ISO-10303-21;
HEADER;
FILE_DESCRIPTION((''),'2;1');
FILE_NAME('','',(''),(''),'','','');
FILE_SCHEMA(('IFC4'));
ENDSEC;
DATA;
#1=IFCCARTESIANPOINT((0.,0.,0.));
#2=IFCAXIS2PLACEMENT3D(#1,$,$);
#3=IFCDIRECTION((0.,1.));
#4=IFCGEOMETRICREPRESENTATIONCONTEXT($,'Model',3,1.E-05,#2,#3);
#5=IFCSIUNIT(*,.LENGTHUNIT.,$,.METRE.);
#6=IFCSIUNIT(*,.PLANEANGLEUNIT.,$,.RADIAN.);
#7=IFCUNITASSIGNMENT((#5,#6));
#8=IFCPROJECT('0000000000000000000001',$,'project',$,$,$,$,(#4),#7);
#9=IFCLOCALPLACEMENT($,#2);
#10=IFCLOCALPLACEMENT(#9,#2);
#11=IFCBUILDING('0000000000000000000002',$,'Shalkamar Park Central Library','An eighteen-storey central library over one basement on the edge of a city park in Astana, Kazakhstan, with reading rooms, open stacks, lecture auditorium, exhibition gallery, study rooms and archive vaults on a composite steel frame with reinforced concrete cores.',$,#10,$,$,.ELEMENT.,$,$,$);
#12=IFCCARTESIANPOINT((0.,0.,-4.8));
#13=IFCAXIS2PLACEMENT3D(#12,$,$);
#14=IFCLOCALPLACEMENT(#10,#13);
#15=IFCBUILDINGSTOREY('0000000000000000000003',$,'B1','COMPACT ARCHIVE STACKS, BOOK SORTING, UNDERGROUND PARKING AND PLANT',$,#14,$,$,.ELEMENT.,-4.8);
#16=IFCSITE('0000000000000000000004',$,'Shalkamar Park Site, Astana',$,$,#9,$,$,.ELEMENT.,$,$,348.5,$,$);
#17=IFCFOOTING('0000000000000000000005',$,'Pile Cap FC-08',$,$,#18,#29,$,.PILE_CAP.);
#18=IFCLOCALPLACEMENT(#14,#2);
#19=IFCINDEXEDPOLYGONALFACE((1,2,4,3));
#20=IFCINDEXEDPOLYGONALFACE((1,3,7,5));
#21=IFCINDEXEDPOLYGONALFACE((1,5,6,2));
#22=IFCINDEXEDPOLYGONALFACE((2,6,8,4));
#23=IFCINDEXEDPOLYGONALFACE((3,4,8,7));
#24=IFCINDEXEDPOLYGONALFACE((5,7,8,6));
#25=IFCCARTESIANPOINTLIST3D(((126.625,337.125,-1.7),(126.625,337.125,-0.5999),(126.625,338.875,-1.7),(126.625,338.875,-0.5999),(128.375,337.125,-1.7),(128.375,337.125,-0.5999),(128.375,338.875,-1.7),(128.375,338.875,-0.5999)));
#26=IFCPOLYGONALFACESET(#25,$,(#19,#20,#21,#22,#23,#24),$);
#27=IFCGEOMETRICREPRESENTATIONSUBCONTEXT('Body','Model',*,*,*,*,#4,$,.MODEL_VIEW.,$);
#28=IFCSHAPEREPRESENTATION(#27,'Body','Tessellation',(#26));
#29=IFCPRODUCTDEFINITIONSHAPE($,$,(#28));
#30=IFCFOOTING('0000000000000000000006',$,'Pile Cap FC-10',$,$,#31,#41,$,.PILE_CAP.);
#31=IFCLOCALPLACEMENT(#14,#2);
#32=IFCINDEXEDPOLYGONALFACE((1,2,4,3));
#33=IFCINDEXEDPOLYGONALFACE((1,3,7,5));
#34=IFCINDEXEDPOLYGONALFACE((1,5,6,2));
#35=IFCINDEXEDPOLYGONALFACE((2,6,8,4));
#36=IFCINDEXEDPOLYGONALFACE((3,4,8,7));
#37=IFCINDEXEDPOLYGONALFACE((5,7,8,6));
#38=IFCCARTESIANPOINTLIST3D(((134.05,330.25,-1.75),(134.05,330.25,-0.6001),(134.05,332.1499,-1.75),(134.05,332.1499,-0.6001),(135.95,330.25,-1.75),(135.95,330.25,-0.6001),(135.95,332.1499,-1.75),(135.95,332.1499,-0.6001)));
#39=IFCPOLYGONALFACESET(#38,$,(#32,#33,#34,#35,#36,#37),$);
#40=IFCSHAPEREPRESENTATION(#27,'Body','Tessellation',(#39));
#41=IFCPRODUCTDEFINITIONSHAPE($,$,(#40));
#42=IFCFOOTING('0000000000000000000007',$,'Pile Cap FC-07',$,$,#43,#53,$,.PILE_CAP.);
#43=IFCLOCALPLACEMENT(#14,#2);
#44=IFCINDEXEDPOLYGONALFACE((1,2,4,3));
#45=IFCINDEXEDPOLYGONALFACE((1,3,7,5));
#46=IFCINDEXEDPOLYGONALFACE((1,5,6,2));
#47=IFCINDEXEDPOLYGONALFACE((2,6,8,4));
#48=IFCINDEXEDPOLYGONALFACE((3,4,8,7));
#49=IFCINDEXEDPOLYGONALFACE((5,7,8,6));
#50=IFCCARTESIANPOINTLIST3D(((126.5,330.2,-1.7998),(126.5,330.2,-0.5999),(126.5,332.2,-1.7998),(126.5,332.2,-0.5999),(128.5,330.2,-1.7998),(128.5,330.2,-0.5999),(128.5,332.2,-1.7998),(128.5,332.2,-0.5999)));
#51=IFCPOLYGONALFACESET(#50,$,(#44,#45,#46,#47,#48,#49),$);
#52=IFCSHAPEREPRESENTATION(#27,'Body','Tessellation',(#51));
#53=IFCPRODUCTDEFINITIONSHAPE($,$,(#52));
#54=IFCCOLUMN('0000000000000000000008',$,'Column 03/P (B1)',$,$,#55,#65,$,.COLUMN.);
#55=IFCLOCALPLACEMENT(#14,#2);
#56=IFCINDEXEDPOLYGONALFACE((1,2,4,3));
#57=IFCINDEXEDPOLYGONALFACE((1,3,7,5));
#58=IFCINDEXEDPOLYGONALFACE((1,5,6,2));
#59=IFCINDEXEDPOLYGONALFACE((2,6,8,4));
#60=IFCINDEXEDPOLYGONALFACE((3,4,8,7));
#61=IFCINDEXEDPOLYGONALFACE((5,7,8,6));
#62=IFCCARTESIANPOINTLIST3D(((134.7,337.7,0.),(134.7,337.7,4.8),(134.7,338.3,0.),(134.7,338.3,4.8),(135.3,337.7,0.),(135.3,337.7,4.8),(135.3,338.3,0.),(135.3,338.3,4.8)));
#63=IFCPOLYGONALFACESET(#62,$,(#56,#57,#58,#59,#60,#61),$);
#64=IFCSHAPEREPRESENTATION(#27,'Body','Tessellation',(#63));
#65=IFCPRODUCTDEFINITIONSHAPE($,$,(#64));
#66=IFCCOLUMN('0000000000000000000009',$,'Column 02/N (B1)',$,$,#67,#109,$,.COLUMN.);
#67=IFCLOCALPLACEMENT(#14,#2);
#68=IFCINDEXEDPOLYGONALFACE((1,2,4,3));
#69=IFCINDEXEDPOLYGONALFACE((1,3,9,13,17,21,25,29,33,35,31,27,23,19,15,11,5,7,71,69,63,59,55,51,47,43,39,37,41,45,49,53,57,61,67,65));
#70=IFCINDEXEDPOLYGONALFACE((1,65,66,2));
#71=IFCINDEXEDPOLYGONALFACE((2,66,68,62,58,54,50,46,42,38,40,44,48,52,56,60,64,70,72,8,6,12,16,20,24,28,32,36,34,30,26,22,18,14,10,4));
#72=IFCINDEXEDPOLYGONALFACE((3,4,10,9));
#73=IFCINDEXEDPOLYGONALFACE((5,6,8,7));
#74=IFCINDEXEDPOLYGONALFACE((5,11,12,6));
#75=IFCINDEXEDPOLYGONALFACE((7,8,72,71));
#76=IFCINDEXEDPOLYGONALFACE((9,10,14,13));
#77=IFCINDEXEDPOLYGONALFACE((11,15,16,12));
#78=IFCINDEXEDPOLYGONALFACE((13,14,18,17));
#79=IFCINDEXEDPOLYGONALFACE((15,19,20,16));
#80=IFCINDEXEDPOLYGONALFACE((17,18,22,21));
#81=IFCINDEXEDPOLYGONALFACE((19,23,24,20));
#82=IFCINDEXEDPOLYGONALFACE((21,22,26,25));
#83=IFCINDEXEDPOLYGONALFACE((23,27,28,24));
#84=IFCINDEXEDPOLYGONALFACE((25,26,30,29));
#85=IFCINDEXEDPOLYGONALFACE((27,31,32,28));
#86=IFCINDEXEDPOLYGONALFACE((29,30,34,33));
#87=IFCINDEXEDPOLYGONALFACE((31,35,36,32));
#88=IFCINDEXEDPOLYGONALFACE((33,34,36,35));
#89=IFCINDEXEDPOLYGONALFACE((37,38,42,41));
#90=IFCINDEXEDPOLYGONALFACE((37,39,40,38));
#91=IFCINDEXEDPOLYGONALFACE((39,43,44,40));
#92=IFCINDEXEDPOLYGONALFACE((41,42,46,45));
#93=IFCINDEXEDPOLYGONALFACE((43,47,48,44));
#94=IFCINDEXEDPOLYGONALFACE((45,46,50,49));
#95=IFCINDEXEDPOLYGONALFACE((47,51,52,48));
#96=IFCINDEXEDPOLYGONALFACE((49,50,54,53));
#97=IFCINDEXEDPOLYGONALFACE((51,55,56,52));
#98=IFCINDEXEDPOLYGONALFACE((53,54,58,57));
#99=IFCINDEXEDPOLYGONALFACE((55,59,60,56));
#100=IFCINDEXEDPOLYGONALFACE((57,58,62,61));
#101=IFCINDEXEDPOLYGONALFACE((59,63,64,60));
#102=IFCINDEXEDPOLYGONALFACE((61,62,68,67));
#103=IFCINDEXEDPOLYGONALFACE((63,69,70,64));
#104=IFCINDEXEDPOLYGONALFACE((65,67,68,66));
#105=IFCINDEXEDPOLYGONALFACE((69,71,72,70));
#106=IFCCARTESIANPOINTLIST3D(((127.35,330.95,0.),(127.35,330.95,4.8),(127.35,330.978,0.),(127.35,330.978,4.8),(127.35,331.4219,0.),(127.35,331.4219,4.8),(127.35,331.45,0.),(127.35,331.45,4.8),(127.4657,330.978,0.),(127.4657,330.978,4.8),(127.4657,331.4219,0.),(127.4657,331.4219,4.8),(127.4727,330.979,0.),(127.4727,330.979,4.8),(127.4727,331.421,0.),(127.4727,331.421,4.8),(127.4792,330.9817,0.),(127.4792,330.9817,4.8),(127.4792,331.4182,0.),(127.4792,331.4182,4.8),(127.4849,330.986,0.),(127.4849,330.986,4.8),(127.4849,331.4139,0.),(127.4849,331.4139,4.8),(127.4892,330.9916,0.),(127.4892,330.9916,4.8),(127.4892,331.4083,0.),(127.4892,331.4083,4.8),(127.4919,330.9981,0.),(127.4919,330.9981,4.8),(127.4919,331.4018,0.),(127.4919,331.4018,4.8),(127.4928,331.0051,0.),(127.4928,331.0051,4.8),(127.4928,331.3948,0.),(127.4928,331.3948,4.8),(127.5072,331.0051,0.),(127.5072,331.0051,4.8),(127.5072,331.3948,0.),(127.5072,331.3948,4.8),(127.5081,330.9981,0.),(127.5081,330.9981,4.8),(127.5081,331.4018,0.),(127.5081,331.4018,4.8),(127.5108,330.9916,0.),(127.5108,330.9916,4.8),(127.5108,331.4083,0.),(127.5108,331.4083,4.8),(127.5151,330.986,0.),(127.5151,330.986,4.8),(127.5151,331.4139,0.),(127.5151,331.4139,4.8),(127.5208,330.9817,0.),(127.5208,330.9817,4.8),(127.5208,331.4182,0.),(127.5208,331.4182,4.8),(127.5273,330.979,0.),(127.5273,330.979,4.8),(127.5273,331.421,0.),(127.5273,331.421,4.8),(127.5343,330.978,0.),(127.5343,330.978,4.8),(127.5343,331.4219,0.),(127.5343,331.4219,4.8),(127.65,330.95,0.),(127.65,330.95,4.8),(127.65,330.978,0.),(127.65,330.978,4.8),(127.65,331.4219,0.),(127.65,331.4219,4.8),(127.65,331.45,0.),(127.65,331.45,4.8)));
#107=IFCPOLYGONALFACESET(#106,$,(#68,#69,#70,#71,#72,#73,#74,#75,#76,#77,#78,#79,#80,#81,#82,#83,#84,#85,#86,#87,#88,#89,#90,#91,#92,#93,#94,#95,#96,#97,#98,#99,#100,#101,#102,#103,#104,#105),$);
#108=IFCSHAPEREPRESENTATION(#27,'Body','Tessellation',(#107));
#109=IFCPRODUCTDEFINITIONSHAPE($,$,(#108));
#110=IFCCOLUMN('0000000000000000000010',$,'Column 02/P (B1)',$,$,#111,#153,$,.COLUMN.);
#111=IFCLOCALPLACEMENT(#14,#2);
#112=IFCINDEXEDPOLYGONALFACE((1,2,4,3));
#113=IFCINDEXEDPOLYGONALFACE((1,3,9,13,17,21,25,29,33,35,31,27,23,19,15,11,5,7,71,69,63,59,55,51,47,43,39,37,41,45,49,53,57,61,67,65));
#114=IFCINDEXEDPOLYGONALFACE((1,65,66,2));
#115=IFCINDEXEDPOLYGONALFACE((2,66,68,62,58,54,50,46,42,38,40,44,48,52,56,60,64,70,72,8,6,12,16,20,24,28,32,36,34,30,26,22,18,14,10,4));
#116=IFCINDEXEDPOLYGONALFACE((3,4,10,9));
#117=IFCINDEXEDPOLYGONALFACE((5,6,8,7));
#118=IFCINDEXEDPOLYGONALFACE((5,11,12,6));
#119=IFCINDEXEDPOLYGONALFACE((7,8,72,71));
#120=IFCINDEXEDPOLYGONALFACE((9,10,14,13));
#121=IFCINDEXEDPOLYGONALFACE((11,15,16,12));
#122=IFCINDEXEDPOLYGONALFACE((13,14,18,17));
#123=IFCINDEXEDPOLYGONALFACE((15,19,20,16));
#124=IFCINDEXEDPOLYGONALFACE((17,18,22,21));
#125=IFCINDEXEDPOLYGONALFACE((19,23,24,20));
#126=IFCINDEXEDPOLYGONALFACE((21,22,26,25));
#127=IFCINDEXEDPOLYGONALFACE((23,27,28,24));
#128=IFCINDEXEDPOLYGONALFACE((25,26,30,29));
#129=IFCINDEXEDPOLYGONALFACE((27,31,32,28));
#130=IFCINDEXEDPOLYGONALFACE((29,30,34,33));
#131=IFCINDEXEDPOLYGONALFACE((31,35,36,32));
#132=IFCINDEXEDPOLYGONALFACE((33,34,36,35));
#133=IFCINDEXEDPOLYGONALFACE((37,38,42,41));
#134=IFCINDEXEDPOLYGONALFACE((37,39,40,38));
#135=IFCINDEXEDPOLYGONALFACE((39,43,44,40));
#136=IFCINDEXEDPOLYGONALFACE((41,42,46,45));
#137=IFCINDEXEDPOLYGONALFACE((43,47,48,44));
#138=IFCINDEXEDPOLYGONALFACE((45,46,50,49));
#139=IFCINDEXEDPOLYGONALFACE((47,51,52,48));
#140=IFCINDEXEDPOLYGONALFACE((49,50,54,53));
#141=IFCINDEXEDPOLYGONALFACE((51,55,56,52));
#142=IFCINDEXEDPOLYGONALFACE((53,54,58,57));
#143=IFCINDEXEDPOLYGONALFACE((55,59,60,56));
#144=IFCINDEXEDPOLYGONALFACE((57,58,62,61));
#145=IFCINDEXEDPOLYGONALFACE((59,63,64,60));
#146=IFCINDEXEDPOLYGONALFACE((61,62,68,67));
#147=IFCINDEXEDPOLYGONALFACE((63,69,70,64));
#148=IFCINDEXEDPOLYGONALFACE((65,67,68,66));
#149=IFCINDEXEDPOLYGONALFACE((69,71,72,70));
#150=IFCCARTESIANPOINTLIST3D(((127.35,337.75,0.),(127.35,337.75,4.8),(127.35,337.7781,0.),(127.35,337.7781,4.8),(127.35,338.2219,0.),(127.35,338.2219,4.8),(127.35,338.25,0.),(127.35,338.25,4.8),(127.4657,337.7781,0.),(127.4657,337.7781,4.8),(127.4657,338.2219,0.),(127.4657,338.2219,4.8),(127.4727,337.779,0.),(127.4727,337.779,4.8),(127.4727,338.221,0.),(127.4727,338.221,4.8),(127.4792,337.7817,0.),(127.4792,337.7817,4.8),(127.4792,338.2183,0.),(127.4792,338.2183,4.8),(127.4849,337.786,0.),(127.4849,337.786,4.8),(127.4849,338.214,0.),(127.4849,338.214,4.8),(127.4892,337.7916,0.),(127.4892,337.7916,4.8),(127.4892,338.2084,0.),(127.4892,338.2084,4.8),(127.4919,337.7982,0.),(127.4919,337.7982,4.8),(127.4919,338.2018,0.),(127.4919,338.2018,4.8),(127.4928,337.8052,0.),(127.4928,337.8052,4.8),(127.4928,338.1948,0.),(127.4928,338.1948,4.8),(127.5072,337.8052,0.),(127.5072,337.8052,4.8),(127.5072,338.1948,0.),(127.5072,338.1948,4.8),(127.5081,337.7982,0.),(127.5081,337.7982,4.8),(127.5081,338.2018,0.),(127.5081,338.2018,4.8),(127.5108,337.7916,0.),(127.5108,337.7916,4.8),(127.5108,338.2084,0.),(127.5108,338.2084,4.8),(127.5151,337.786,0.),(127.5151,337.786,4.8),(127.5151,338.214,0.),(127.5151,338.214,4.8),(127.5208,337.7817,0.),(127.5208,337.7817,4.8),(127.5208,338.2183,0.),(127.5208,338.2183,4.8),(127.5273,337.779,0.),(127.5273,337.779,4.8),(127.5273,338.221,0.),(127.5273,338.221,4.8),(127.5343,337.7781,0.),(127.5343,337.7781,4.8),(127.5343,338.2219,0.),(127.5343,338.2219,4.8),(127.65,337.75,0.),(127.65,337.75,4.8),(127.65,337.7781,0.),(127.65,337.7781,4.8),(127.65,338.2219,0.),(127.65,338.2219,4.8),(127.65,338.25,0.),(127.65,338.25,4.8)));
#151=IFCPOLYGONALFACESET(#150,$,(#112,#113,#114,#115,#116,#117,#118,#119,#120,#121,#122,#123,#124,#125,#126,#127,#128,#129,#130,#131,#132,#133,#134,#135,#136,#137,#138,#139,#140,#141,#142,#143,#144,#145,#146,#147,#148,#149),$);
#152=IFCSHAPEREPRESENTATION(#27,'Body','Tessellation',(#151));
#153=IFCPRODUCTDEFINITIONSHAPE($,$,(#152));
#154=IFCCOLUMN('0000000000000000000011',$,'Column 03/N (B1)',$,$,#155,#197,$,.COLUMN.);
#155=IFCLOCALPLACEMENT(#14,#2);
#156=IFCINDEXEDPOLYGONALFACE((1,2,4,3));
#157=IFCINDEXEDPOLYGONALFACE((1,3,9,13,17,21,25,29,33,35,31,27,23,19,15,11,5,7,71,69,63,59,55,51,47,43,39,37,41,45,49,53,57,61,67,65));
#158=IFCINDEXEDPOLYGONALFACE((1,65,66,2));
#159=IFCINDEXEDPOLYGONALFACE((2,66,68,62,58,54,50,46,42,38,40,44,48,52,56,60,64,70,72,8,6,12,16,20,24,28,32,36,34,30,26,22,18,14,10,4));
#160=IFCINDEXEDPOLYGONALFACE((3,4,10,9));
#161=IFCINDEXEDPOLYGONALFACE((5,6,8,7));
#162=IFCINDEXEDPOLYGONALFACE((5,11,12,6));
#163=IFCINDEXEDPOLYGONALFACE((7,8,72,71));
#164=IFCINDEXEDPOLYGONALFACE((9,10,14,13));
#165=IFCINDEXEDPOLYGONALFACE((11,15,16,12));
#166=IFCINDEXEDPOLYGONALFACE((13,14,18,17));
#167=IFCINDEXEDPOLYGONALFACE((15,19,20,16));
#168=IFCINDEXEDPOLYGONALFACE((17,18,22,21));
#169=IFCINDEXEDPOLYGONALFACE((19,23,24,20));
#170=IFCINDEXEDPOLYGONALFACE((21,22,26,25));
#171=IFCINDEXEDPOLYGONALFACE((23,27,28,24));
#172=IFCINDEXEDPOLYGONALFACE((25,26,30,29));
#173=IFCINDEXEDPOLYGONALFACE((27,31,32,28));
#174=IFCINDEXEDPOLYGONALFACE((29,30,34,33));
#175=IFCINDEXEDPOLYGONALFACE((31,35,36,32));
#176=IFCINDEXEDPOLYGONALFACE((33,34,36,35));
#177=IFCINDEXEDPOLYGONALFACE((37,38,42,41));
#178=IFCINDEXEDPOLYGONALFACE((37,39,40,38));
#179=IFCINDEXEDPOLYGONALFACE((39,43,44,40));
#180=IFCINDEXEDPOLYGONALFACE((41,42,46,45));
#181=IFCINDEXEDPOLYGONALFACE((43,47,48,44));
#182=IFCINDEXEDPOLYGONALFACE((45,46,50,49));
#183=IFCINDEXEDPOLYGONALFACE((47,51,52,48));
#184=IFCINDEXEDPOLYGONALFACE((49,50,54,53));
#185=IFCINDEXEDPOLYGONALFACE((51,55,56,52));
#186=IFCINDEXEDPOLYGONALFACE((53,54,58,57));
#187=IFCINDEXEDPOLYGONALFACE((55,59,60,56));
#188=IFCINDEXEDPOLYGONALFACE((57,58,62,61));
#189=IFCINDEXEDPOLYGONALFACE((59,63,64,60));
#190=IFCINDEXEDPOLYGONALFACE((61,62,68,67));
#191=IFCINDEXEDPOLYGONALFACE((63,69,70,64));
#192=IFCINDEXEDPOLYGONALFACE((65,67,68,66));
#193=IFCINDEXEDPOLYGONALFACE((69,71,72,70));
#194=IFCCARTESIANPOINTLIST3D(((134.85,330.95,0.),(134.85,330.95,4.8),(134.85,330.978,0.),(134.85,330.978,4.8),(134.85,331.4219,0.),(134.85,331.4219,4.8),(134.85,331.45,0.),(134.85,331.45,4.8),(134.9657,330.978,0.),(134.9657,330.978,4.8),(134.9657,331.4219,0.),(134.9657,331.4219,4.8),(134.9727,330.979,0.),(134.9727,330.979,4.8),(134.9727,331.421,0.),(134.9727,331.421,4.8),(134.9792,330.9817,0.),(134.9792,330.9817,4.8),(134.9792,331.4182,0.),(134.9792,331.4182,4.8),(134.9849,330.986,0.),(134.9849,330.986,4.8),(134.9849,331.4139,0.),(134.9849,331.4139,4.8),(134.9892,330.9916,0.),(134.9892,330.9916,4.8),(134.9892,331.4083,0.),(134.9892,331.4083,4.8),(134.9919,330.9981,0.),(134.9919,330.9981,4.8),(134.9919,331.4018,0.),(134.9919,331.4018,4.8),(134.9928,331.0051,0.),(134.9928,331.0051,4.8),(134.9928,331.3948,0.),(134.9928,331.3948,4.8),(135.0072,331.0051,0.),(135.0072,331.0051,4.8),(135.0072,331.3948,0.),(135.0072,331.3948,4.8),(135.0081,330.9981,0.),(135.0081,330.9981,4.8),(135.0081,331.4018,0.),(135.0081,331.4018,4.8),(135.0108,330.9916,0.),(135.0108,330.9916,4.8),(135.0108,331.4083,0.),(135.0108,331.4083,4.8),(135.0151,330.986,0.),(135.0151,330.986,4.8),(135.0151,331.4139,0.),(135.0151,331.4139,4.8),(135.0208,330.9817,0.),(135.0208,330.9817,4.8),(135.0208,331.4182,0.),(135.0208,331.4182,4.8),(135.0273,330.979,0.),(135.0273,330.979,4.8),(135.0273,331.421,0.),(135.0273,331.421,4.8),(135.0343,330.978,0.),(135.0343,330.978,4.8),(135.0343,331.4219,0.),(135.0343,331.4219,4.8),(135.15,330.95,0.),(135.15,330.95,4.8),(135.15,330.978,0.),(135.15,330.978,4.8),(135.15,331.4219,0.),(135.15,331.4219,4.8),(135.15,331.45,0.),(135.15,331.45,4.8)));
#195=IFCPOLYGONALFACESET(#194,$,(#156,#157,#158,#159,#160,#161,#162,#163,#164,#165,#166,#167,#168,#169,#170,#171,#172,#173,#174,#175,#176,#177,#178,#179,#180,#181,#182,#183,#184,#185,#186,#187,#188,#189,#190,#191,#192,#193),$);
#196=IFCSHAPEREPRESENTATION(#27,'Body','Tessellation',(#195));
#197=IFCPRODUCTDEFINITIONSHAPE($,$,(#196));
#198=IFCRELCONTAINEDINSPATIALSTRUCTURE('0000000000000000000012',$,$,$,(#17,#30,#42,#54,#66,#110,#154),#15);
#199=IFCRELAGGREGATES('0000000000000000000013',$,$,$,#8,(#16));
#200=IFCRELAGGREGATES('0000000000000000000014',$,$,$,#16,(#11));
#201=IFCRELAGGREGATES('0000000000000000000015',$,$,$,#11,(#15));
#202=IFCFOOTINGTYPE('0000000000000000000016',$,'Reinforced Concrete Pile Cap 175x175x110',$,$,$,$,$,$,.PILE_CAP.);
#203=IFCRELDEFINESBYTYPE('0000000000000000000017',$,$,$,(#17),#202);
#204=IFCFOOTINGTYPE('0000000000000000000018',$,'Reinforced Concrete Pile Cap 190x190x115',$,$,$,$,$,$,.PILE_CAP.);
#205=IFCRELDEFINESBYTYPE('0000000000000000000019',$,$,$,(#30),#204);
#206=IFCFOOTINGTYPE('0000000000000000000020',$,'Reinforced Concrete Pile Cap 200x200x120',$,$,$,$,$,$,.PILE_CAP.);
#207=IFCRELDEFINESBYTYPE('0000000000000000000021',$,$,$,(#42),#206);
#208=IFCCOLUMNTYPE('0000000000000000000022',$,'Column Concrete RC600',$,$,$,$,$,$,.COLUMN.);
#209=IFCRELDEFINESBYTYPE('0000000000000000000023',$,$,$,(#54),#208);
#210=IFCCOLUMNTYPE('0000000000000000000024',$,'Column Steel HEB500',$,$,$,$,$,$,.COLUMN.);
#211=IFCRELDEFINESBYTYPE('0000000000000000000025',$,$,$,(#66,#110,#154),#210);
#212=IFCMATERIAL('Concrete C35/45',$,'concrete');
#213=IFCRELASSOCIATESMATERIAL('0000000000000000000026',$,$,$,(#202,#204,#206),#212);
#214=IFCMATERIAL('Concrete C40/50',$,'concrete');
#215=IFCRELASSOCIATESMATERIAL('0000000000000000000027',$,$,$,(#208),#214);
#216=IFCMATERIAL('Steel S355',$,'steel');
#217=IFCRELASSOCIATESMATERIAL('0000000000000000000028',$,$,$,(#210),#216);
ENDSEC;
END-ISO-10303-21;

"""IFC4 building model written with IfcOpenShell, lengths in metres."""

from ifc_helpers import new_model, si_unit, direction, frame, origin, origin_2d, place, context, subcontext, project, spatial, rectangle, i_section, extrude, material, material_profile, profile_set, type_object, element, save


model = new_model("IFC4")

# Units and contexts
model_context = context("Model", 3, precision=1e-05, world=origin(), true_north=direction((0.0, 1.0)))
body_context = subcontext(model_context, "Body", "Model", "MODEL_VIEW")
ifc_project = project(units=[si_unit("LENGTHUNIT", "METRE"), si_unit("PLANEANGLEUNIT", "RADIAN")], contexts=[model_context])

# Site, building, storey
site_placement = place(None, origin())
site = spatial("IfcSite", under=ifc_project, at=site_placement, Name="Shalkamar Park Site, Astana", CompositionType="ELEMENT", RefElevation=348.5)
building_placement = place(site_placement, origin())
building = spatial("IfcBuilding", under=site, at=building_placement, Name="Shalkamar Park Central Library", Description="An eighteen-storey central library over one basement on the edge of a city park in Astana, Kazakhstan, with reading rooms, open stacks, lecture auditorium, exhibition gallery, study rooms and archive vaults on a composite steel frame with reinforced concrete cores.", CompositionType="ELEMENT")
storey_placement = place(building_placement, frame((0.0, 0.0, -4.8)))
storey = spatial("IfcBuildingStorey", under=building, at=storey_placement, Name="B1", Description="COMPACT ARCHIVE STACKS, BOOK SORTING, UNDERGROUND PARKING AND PLANT", CompositionType="ELEMENT", Elevation=-4.8)

# Shared definitions
ifc_material_1 = material(Name="Concrete C35/45", Category="concrete")

# Footings
footing_type_1 = type_object("IfcFootingType", Name="Reinforced Concrete Pile Cap 175x175x110", PredefinedType="PILE_CAP", material=ifc_material_1)
footing_1_placement = place(storey_placement, frame((127.5, 338.0, -1.7), z_axis=(0.0, 0.0, 1.0), x_axis=(1.0, 0.0, 0.0)))
element("IfcFooting", 1, at=footing_1_placement, inside=storey, type_object=footing_type_1, Name="Pile Cap FC-08", PredefinedType="PILE_CAP", context=body_context, shape_type="SweptSolid", body=[
    extrude(rectangle(XDim=1.75, YDim=1.75, at=origin_2d()), origin(), (0.0, 0.0, 1.0), 1.1001),
])
footing_type_2 = type_object("IfcFootingType", Name="Reinforced Concrete Pile Cap 190x190x115", PredefinedType="PILE_CAP", material=ifc_material_1)
footing_2_placement = place(storey_placement, frame((135.0, 331.2, -1.75), z_axis=(0.0, 0.0, 1.0), x_axis=(1.0, 0.0, 0.0)))
element("IfcFooting", 2, at=footing_2_placement, inside=storey, type_object=footing_type_2, Name="Pile Cap FC-10", PredefinedType="PILE_CAP", context=body_context, shape_type="SweptSolid", body=[
    extrude(rectangle(XDim=1.8999, YDim=1.8999, at=origin_2d()), origin(), (0.0, 0.0, 1.0), 1.1499),
])
footing_type_3 = type_object("IfcFootingType", Name="Reinforced Concrete Pile Cap 200x200x120", PredefinedType="PILE_CAP", material=ifc_material_1)
footing_3_placement = place(storey_placement, frame((127.5, 331.2, -1.7998), z_axis=(0.0, 0.0, 1.0), x_axis=(1.0, 0.0, 0.0)))
element("IfcFooting", 3, at=footing_3_placement, inside=storey, type_object=footing_type_3, Name="Pile Cap FC-07", PredefinedType="PILE_CAP", context=body_context, shape_type="SweptSolid", body=[
    extrude(rectangle(XDim=2.0, YDim=2.0, at=origin_2d()), origin(), (0.0, 0.0, 1.0), 1.2),
])

# Columns
ifc_material_2 = material(Name="Concrete C40/50", Category="concrete")
ifc_material_profile_1 = material_profile(ifc_material_2, rectangle(XDim=0.6001, YDim=0.6001, at=origin_2d()), Name="RC 600x600")
ifc_profile_set_1 = profile_set([ifc_material_profile_1], Name="Concrete C40/50")
column_type_1 = type_object("IfcColumnType", Name="Column Concrete RC600", PredefinedType="COLUMN", material=ifc_profile_set_1)
column_placement = place(storey_placement, frame((135.0, 338.0, 0.0), z_axis=(0.0, 0.0, 1.0), x_axis=(1.0, 0.0, 0.0)))
element("IfcColumn", 4, at=column_placement, inside=storey, type_object=column_type_1, Name="Column 03/P (B1)", PredefinedType="COLUMN", context=body_context, shape_type="SweptSolid", body=[
    extrude(rectangle(XDim=0.6001, YDim=0.6001, at=origin_2d()), origin(), (0.0, 0.0, 1.0), 4.8),
])
ifc_material_3 = material(Name="Steel S355", Category="steel")
ifc_material_profile_2 = material_profile(ifc_material_3, i_section(OverallWidth=0.3, OverallDepth=0.5, WebThickness=0.0144, FlangeThickness=0.0281, FilletRadius=0.0271, at=origin_2d()), Name="HEB 500")
ifc_profile_set_2 = profile_set([ifc_material_profile_2], Name="Steel S355")
column_type_2 = type_object("IfcColumnType", Name="Column Steel HEB500", PredefinedType="COLUMN", material=ifc_profile_set_2)
for number, where, z_axis, x_axis, name in (
    (5, (127.5, 331.2, 0.0), (0.0, 0.0, 1.0), (1.0, 0.0, 0.0), "Column 02/N (B1)"),
    (6, (127.5, 338.0, 0.0), (0.0, 0.0, 1.0), (1.0, 0.0, 0.0), "Column 02/P (B1)"),
    (7, (135.0, 331.2, 0.0), (0.0, 0.0, 1.0), (1.0, 0.0, 0.0), "Column 03/N (B1)"),
):
    element("IfcColumn", number, at=place(storey_placement, frame(where, z_axis=z_axis, x_axis=x_axis)), inside=storey, type_object=column_type_2, Name=name, PredefinedType="COLUMN", context=body_context, shape_type="SweptSolid", body=[
        extrude(i_section(OverallWidth=0.3, OverallDepth=0.5, WebThickness=0.0144, FlangeThickness=0.0281, FilletRadius=0.0271, at=origin_2d()), origin(), (0.0, 0.0, 1.0), 4.8),
    ])

save(model, "model.ifc")
